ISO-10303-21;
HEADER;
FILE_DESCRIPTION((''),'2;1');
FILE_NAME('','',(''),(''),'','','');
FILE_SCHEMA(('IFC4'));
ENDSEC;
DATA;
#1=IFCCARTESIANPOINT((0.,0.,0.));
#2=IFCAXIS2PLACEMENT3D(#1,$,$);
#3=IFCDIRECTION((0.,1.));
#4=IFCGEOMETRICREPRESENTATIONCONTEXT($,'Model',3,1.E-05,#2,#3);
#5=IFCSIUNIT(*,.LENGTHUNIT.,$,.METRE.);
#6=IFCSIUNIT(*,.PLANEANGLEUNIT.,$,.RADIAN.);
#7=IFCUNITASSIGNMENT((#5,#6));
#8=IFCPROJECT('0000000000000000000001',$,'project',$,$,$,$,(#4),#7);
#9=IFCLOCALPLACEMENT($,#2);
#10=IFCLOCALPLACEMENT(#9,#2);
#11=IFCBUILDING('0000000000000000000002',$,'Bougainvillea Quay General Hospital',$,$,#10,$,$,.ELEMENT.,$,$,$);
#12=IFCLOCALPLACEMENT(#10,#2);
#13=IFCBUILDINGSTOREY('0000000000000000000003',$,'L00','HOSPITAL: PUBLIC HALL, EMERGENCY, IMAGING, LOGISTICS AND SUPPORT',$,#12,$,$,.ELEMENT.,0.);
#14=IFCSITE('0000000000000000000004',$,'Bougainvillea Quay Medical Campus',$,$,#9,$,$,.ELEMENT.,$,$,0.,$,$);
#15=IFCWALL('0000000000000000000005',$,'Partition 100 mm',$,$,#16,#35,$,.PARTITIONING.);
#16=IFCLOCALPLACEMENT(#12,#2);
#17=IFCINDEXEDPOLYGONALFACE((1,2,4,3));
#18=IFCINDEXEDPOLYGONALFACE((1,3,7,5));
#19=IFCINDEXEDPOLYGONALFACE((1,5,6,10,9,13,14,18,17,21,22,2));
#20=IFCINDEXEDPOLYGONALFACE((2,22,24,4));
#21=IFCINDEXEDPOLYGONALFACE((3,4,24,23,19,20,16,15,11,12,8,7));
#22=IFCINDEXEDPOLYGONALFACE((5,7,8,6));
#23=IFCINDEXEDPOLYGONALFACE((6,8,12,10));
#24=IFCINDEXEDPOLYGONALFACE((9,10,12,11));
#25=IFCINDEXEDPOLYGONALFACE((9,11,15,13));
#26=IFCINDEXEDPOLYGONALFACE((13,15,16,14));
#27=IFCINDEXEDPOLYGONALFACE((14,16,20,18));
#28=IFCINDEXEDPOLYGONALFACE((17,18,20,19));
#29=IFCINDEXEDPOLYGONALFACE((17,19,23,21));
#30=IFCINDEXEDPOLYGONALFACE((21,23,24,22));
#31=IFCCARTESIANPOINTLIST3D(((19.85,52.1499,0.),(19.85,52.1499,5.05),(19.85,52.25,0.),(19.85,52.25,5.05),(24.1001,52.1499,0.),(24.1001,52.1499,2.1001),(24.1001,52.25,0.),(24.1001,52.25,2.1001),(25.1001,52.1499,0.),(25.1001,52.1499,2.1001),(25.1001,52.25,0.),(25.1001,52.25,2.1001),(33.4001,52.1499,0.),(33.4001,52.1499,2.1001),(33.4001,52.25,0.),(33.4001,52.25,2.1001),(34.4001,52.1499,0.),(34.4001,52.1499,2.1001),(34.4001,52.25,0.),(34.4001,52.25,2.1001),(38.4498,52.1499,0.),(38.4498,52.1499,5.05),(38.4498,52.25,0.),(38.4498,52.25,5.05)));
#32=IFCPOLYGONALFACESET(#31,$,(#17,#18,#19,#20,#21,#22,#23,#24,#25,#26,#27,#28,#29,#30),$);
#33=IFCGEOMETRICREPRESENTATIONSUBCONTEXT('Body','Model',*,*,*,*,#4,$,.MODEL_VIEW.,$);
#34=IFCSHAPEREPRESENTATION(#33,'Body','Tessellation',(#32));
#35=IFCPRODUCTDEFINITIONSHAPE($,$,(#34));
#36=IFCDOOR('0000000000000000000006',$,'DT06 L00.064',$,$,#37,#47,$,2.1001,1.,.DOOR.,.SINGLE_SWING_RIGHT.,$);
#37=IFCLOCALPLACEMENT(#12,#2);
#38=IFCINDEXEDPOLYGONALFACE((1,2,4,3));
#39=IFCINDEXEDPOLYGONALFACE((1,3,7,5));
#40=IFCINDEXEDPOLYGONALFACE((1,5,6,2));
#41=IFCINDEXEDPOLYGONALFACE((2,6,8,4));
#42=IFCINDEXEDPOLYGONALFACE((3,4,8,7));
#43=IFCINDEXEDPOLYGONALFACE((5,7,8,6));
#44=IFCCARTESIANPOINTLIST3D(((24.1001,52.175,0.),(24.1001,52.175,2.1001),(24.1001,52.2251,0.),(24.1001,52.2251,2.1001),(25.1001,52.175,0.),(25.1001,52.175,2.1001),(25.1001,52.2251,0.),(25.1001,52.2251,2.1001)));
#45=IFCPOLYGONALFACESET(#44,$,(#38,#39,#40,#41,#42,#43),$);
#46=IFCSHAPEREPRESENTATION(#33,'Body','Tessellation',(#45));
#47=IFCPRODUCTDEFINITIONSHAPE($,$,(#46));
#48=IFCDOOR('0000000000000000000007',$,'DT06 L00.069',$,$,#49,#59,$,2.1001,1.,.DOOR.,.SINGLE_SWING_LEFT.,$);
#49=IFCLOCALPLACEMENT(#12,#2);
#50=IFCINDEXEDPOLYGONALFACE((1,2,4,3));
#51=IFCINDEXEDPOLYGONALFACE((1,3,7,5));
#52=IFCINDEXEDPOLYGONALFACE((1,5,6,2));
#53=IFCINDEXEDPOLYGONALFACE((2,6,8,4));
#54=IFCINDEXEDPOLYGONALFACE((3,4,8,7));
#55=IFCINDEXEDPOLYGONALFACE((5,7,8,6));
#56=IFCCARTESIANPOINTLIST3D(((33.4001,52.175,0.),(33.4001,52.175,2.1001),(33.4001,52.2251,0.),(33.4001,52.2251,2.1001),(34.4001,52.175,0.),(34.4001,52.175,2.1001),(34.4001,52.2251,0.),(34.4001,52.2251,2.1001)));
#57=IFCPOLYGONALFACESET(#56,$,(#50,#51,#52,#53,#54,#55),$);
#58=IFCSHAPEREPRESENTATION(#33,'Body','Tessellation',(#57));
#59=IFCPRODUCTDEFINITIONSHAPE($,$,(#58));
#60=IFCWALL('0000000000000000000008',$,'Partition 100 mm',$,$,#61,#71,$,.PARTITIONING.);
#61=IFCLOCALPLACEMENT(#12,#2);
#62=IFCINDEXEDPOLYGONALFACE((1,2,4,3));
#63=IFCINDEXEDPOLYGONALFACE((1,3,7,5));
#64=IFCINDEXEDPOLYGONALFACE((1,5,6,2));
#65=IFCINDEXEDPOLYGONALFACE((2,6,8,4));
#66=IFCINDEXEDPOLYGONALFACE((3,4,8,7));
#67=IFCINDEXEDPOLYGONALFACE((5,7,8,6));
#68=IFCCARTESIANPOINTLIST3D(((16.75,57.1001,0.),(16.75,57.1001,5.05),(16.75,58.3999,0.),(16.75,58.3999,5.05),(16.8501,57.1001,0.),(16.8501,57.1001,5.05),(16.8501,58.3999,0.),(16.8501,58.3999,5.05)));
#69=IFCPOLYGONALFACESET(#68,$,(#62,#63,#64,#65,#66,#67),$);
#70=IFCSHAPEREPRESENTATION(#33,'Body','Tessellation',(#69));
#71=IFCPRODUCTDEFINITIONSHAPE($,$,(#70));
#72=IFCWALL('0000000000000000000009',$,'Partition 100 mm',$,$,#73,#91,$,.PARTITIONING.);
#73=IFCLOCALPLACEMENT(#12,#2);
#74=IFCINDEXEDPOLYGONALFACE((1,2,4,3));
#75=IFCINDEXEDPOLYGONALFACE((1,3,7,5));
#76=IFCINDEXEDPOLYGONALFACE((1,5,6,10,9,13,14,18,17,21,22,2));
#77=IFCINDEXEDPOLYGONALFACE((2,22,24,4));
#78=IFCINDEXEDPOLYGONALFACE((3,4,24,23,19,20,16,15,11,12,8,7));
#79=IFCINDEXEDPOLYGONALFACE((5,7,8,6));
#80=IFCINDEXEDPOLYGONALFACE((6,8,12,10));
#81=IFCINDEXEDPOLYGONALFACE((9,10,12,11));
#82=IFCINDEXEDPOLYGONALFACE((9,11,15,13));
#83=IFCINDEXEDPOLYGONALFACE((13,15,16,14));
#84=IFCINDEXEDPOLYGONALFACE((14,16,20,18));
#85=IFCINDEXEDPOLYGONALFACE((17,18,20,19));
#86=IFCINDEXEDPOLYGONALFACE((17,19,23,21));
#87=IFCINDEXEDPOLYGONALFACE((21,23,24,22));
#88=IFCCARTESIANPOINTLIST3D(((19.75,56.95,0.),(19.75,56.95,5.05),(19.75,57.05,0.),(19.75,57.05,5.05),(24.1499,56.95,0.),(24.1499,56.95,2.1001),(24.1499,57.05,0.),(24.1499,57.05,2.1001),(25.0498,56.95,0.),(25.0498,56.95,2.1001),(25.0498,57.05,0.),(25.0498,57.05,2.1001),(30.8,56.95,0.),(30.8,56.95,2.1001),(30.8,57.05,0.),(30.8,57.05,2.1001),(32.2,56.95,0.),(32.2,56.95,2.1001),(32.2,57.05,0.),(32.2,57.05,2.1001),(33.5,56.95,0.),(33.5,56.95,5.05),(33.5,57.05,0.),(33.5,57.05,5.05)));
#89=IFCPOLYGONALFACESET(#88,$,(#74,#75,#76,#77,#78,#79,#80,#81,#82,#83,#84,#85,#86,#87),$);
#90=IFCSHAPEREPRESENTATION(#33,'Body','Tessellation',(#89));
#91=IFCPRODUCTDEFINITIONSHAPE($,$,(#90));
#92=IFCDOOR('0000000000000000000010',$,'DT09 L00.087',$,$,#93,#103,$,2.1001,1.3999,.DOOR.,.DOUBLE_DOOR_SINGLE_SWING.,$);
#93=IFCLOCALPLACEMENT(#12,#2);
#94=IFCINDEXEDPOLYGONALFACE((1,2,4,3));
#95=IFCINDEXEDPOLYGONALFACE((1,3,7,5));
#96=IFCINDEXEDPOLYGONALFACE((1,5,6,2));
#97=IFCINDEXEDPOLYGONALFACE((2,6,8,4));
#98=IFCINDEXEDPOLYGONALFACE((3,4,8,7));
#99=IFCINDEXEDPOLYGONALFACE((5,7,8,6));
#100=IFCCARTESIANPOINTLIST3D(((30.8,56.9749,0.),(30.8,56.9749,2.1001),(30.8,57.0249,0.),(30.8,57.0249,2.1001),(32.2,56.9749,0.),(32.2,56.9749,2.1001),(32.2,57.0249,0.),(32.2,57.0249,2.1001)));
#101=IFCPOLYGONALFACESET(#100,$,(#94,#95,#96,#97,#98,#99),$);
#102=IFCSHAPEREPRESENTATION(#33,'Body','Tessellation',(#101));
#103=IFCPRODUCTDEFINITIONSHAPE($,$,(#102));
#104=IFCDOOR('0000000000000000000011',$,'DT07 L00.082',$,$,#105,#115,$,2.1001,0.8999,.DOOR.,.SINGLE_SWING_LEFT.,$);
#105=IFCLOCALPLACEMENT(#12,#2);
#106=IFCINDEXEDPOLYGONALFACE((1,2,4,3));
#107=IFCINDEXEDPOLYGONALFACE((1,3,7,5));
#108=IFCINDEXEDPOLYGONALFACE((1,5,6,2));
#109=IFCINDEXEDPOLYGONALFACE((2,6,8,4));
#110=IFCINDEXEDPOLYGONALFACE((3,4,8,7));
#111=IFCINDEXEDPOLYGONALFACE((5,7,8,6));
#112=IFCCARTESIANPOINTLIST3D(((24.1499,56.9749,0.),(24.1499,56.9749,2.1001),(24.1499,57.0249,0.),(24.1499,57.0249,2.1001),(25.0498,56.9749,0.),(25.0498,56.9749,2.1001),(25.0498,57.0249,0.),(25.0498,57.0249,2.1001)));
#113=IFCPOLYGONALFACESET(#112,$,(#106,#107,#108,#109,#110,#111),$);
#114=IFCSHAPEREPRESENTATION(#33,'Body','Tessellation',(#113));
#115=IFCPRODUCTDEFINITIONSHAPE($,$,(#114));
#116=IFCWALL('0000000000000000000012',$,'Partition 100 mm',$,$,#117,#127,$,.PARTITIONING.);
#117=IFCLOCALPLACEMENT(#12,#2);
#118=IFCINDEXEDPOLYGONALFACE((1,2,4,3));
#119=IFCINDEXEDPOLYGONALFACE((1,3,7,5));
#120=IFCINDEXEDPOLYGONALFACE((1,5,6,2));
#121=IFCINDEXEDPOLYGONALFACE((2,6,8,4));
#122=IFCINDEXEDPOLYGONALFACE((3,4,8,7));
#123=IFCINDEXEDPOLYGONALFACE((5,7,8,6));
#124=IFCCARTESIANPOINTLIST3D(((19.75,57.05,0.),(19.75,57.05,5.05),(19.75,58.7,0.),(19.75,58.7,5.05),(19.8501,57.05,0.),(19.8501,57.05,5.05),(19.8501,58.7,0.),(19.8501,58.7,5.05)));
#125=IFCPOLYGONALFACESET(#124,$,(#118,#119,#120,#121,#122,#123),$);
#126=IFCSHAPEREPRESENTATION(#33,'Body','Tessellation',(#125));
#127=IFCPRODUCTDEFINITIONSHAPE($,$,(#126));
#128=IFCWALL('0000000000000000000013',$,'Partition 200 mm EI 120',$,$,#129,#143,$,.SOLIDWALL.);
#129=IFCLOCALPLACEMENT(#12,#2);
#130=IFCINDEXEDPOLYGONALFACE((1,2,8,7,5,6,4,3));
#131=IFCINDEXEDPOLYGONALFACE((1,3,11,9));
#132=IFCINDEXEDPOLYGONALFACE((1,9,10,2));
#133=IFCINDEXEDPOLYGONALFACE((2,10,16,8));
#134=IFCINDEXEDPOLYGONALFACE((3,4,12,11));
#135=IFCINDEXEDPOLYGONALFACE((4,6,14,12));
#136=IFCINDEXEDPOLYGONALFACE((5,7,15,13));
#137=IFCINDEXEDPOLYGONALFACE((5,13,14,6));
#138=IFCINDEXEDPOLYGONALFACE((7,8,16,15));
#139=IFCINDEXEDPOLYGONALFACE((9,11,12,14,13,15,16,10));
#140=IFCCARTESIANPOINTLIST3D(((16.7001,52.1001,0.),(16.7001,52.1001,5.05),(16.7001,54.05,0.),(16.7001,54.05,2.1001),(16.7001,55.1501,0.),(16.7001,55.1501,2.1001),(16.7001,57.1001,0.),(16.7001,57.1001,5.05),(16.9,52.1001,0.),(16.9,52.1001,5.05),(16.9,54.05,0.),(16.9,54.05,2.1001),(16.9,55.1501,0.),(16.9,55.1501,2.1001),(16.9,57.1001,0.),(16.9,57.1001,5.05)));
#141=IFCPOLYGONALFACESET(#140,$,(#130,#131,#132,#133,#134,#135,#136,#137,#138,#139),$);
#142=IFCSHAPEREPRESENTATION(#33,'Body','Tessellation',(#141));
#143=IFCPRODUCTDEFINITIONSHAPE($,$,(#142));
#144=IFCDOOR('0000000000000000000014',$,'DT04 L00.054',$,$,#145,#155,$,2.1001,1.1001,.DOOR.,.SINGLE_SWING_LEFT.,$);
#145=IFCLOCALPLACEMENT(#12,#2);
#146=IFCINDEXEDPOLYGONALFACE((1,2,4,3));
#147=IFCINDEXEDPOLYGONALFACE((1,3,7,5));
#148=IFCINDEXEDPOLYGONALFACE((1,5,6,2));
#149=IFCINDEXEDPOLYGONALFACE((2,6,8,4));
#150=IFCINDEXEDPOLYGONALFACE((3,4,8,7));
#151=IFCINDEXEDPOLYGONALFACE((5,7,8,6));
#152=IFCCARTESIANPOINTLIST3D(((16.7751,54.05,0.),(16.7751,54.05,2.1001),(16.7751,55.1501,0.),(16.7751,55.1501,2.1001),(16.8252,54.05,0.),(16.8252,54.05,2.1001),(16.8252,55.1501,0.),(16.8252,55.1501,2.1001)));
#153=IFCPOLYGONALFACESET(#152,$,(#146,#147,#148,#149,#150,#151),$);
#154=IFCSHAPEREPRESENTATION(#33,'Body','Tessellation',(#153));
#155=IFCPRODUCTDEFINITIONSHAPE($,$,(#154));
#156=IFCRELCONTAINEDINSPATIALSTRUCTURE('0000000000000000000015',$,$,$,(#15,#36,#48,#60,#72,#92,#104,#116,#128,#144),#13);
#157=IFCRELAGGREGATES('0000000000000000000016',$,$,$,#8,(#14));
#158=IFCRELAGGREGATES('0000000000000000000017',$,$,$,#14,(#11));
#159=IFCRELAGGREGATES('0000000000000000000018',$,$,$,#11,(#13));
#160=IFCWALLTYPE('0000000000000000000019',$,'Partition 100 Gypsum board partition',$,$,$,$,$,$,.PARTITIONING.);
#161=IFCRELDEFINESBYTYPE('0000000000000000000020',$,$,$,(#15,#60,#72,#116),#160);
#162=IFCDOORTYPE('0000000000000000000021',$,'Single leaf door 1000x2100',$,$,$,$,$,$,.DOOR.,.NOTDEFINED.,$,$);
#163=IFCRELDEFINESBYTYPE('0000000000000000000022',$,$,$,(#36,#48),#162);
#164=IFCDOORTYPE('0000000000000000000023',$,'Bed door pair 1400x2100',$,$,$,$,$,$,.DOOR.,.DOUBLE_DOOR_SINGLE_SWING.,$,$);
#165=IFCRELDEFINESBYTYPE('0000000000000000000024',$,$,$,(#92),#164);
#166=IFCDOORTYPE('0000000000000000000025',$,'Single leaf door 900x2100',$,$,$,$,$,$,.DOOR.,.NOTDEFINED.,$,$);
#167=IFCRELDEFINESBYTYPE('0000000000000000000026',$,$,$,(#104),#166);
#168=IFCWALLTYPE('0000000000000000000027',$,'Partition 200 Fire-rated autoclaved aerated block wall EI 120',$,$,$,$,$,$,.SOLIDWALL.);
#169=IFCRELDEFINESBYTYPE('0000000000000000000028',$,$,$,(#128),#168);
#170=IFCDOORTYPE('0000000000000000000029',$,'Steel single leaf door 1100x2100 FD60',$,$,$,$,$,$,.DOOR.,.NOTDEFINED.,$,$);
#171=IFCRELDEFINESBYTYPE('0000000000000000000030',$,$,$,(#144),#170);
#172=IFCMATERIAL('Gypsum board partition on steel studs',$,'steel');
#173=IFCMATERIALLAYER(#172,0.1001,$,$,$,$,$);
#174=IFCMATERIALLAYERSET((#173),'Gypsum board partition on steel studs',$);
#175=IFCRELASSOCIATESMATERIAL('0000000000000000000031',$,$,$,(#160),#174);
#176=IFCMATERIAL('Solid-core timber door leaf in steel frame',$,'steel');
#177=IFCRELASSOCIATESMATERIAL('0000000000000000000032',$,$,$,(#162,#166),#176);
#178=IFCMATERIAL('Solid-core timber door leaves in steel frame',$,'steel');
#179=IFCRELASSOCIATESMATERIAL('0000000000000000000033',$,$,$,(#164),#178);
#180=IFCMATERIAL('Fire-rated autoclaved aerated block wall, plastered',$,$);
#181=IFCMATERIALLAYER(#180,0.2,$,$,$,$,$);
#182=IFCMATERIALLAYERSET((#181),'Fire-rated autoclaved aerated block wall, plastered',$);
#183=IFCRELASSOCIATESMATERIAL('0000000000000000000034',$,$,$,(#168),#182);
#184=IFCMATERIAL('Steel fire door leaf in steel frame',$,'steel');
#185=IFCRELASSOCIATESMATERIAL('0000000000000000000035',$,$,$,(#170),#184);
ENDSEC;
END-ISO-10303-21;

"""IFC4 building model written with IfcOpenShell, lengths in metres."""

from ifc_helpers import new_model, si_unit, direction, frame, frame_2d, origin, place, context, subcontext, project, spatial, rectangle, extrude, material, layer, layer_set, type_object, element, fill, save


model = new_model("IFC4")

# Units and contexts
model_context = context("Model", 3, precision=1e-05, world=origin(), true_north=direction((0.0, 1.0)))
body_context = subcontext(model_context, "Body", "Model", "MODEL_VIEW")
ifc_project = project(units=[si_unit("LENGTHUNIT", "METRE"), si_unit("PLANEANGLEUNIT", "RADIAN")], contexts=[model_context])

# Site, building, storey
site_placement = place(None, origin())
site = spatial("IfcSite", under=ifc_project, at=site_placement, Name="Bougainvillea Quay Medical Campus", CompositionType="ELEMENT", RefElevation=0.0)
building_placement = place(site_placement, origin())
building = spatial("IfcBuilding", under=site, at=building_placement, Name="Bougainvillea Quay General Hospital", CompositionType="ELEMENT")
storey_placement = place(building_placement, origin())
storey = spatial("IfcBuildingStorey", under=building, at=storey_placement, Name="L00", Description="HOSPITAL: PUBLIC HALL, EMERGENCY, IMAGING, LOGISTICS AND SUPPORT", CompositionType="ELEMENT", Elevation=0.0)

# Shared definitions
ifc_material_1 = material(Name="Gypsum board partition on steel studs", Category="steel")
ifc_layer_1 = layer(ifc_material_1, 0.1001)
ifc_layer_set_1 = layer_set([ifc_layer_1], Name="Gypsum board partition on steel studs")
wall_type_1 = type_object("IfcWallType", Name="Partition 100 Gypsum board partition", PredefinedType="PARTITIONING", material=ifc_layer_set_1)

# Wall, openings, doors
ifc_material_2 = material(Name="Solid-core timber door leaf in steel frame", Category="steel")
door_type_1 = type_object("IfcDoorType", Name="Single leaf door 1000x2100", OperationType="NOTDEFINED", PredefinedType="DOOR", material=ifc_material_2)
door_type_2 = type_object("IfcDoorType", Name="Single leaf door 900x2100", OperationType="NOTDEFINED", PredefinedType="DOOR", material=ifc_material_2)
wall_1_placement = place(storey_placement, frame((19.8501, 52.2, 0.0), z_axis=(0.0, 0.0, 1.0), x_axis=(1.0, 0.0, 0.0)))
wall_1 = element("IfcWall", 1, at=wall_1_placement, inside=storey, type_object=wall_type_1, Name="Partition 100 mm", PredefinedType="PARTITIONING", context=body_context, shape_type="SweptSolid", body=[
    extrude(rectangle(XDim=18.5999, YDim=0.1001, at=frame_2d((9.2998, 0.0))), origin(), (0.0, 0.0, 1.0), 5.05),
])
opening_1_placement = place(wall_1_placement, frame((4.25, 0.0, 0.0)))
opening_1 = element("IfcOpeningElement", 2, at=opening_1_placement, cuts=wall_1, PredefinedType="OPENING", context=body_context, shape_type="SweptSolid", body=[
    extrude(rectangle(XDim=1.0, YDim=2.1001, at=frame_2d((0.5, 1.05))), frame((0.0, 0.0601, 0.0), z_axis=(0.0, -1.0, 0.0), x_axis=(1.0, 0.0, 0.0)), (0.0, 0.0, 1.0), 0.1201),
])
opening_2_placement = place(wall_1_placement, frame((13.55, 0.0, 0.0)))
opening_2 = element("IfcOpeningElement", 3, at=opening_2_placement, cuts=wall_1, PredefinedType="OPENING", context=body_context, shape_type="SweptSolid", body=[
    extrude(rectangle(XDim=1.0, YDim=2.1001, at=frame_2d((0.5, 1.05))), frame((0.0, 0.0601, 0.0), z_axis=(0.0, -1.0, 0.0), x_axis=(1.0, 0.0, 0.0)), (0.0, 0.0, 1.0), 0.1201),
])
door_1_placement = place(opening_1_placement, frame((1.0, 0.0, 0.0), z_axis=(0.0, 0.0, 1.0), x_axis=(-1.0, 0.0, 0.0)))
door_1 = element("IfcDoor", 4, at=door_1_placement, inside=storey, type_object=door_type_1, Name="DT06 L00.064", OperationType="SINGLE_SWING_RIGHT", OverallHeight=2.1001, OverallWidth=1.0, PredefinedType="DOOR", context=body_context, shape_type="SweptSolid", body=[
    extrude(rectangle(XDim=1.0, YDim=2.1001, at=frame_2d((0.5, 1.05))), frame((0.0, 0.0249, 0.0), z_axis=(0.0, -1.0, 0.0), x_axis=(1.0, 0.0, 0.0)), (0.0, 0.0, 1.0), 0.05),
])
fill(opening_1, door_1)
door_2_placement = place(opening_2_placement, frame((1.0, 0.0, 0.0), z_axis=(0.0, 0.0, 1.0), x_axis=(-1.0, 0.0, 0.0)))
door_2 = element("IfcDoor", 5, at=door_2_placement, inside=storey, type_object=door_type_1, Name="DT06 L00.069", OperationType="SINGLE_SWING_LEFT", OverallHeight=2.1001, OverallWidth=1.0, PredefinedType="DOOR", context=body_context, shape_type="SweptSolid", body=[
    extrude(rectangle(XDim=1.0, YDim=2.1001, at=frame_2d((0.5, 1.05))), frame((0.0, 0.0249, 0.0), z_axis=(0.0, -1.0, 0.0), x_axis=(1.0, 0.0, 0.0)), (0.0, 0.0, 1.0), 0.05),
])
fill(opening_2, door_2)

# Wall
wall_2_placement = place(storey_placement, frame((16.8, 58.3999, 0.0), z_axis=(0.0, 0.0, 1.0), x_axis=(0.0, -1.0, 0.0)))
element("IfcWall", 6, at=wall_2_placement, inside=storey, type_object=wall_type_1, Name="Partition 100 mm", PredefinedType="PARTITIONING", context=body_context, shape_type="SweptSolid", body=[
    extrude(rectangle(XDim=1.2998, YDim=0.1001, at=frame_2d((0.6499, 0.0))), origin(), (0.0, 0.0, 1.0), 5.05),
])

# Wall, openings, doors
wall_3_placement = place(storey_placement, frame((19.75, 57.0, 0.0), z_axis=(0.0, 0.0, 1.0), x_axis=(1.0, 0.0, 0.0)))
wall_3 = element("IfcWall", 7, at=wall_3_placement, inside=storey, type_object=wall_type_1, Name="Partition 100 mm", PredefinedType="PARTITIONING", context=body_context, shape_type="SweptSolid", body=[
    extrude(rectangle(XDim=13.75, YDim=0.1001, at=frame_2d((6.875, 0.0))), origin(), (0.0, 0.0, 1.0), 5.05),
])
opening_3_placement = place(wall_3_placement, frame((4.3999, 0.0, 0.0)))
opening_3 = element("IfcOpeningElement", 8, at=opening_3_placement, cuts=wall_3, PredefinedType="OPENING", context=body_context, shape_type="SweptSolid", body=[
    extrude(rectangle(XDim=0.8999, YDim=2.1001, at=frame_2d((0.45, 1.05))), frame((0.0, 0.0601, 0.0), z_axis=(0.0, -1.0, 0.0), x_axis=(1.0, 0.0, 0.0)), (0.0, 0.0, 1.0), 0.1201),
])
opening_4_placement = place(wall_3_placement, frame((11.05, 0.0, 0.0)))
opening_4 = element("IfcOpeningElement", 9, at=opening_4_placement, cuts=wall_3, PredefinedType="OPENING", context=body_context, shape_type="SweptSolid", body=[
    extrude(rectangle(XDim=1.3999, YDim=2.1001, at=frame_2d((0.7, 1.05))), frame((0.0, 0.0601, 0.0), z_axis=(0.0, -1.0, 0.0), x_axis=(1.0, 0.0, 0.0)), (0.0, 0.0, 1.0), 0.1201),
])
ifc_material_3 = material(Name="Solid-core timber door leaves in steel frame", Category="steel")
door_type_3 = type_object("IfcDoorType", Name="Bed door pair 1400x2100", OperationType="DOUBLE_DOOR_SINGLE_SWING", PredefinedType="DOOR", material=ifc_material_3)
door_3_placement = place(opening_4_placement, origin())
door_3 = element("IfcDoor", 10, at=door_3_placement, inside=storey, type_object=door_type_3, Name="DT09 L00.087", OperationType="DOUBLE_DOOR_SINGLE_SWING", OverallHeight=2.1001, OverallWidth=1.3999, PredefinedType="DOOR", context=body_context, shape_type="SweptSolid", body=[
    extrude(rectangle(XDim=1.3999, YDim=2.1001, at=frame_2d((0.7, 1.05))), frame((0.0, 0.0249, 0.0), z_axis=(0.0, -1.0, 0.0), x_axis=(1.0, 0.0, 0.0)), (0.0, 0.0, 1.0), 0.05),
])
fill(opening_4, door_3)
door_4_placement = place(opening_3_placement, origin())
door_4 = element("IfcDoor", 11, at=door_4_placement, inside=storey, type_object=door_type_2, Name="DT07 L00.082", OperationType="SINGLE_SWING_LEFT", OverallHeight=2.1001, OverallWidth=0.8999, PredefinedType="DOOR", context=body_context, shape_type="SweptSolid", body=[
    extrude(rectangle(XDim=0.8999, YDim=2.1001, at=frame_2d((0.45, 1.05))), frame((0.0, 0.0249, 0.0), z_axis=(0.0, -1.0, 0.0), x_axis=(1.0, 0.0, 0.0)), (0.0, 0.0, 1.0), 0.05),
])
fill(opening_3, door_4)

# Wall
wall_4_placement = place(storey_placement, frame((19.8, 57.05, 0.0), z_axis=(0.0, 0.0, 1.0), x_axis=(0.0, 1.0, 0.0)))
element("IfcWall", 12, at=wall_4_placement, inside=storey, type_object=wall_type_1, Name="Partition 100 mm", PredefinedType="PARTITIONING", context=body_context, shape_type="SweptSolid", body=[
    extrude(rectangle(XDim=1.6499, YDim=0.1001, at=frame_2d((0.825, 0.0))), origin(), (0.0, 0.0, 1.0), 5.05),
])

# Wall, opening, door
ifc_material_4 = material(Name="Fire-rated autoclaved aerated block wall, plastered")
ifc_layer_2 = layer(ifc_material_4, 0.2)
ifc_layer_set_2 = layer_set([ifc_layer_2], Name="Fire-rated autoclaved aerated block wall, plastered")
wall_type_2 = type_object("IfcWallType", Name="Partition 200 Fire-rated autoclaved aerated block wall EI 120", PredefinedType="SOLIDWALL", material=ifc_layer_set_2)
wall_5_placement = place(storey_placement, frame((16.8, 52.1001, 0.0), z_axis=(0.0, 0.0, 1.0), x_axis=(0.0, 1.0, 0.0)))
wall_5 = element("IfcWall", 13, at=wall_5_placement, inside=storey, type_object=wall_type_2, Name="Partition 200 mm EI 120", PredefinedType="SOLIDWALL", context=body_context, shape_type="SweptSolid", body=[
    extrude(rectangle(XDim=5.0, YDim=0.2, at=frame_2d((2.5, 0.0))), origin(), (0.0, 0.0, 1.0), 5.05),
])
opening_5_placement = place(wall_5_placement, frame((1.95, 0.0, 0.0)))
opening_5 = element("IfcOpeningElement", 14, at=opening_5_placement, cuts=wall_5, PredefinedType="OPENING", context=body_context, shape_type="SweptSolid", body=[
    extrude(rectangle(XDim=1.1001, YDim=2.1001, at=frame_2d((0.55, 1.05))), frame((0.0, 0.1099, 0.0), z_axis=(0.0, -1.0, 0.0), x_axis=(1.0, 0.0, 0.0)), (0.0, 0.0, 1.0), 0.22),
])
ifc_material_5 = material(Name="Steel fire door leaf in steel frame", Category="steel")
door_type_4 = type_object("IfcDoorType", Name="Steel single leaf door 1100x2100 FD60", OperationType="NOTDEFINED", PredefinedType="DOOR", material=ifc_material_5)
door_5_placement = place(opening_5_placement, origin())
door_5 = element("IfcDoor", 15, at=door_5_placement, inside=storey, type_object=door_type_4, Name="DT04 L00.054", OperationType="SINGLE_SWING_LEFT", OverallHeight=2.1001, OverallWidth=1.1001, PredefinedType="DOOR", context=body_context, shape_type="SweptSolid", body=[
    extrude(rectangle(XDim=1.1001, YDim=2.1001, at=frame_2d((0.55, 1.05))), frame((0.0, 0.0249, 0.0), z_axis=(0.0, -1.0, 0.0), x_axis=(1.0, 0.0, 0.0)), (0.0, 0.0, 1.0), 0.05),
])
fill(opening_5, door_5)

save(model, "model.ifc")
